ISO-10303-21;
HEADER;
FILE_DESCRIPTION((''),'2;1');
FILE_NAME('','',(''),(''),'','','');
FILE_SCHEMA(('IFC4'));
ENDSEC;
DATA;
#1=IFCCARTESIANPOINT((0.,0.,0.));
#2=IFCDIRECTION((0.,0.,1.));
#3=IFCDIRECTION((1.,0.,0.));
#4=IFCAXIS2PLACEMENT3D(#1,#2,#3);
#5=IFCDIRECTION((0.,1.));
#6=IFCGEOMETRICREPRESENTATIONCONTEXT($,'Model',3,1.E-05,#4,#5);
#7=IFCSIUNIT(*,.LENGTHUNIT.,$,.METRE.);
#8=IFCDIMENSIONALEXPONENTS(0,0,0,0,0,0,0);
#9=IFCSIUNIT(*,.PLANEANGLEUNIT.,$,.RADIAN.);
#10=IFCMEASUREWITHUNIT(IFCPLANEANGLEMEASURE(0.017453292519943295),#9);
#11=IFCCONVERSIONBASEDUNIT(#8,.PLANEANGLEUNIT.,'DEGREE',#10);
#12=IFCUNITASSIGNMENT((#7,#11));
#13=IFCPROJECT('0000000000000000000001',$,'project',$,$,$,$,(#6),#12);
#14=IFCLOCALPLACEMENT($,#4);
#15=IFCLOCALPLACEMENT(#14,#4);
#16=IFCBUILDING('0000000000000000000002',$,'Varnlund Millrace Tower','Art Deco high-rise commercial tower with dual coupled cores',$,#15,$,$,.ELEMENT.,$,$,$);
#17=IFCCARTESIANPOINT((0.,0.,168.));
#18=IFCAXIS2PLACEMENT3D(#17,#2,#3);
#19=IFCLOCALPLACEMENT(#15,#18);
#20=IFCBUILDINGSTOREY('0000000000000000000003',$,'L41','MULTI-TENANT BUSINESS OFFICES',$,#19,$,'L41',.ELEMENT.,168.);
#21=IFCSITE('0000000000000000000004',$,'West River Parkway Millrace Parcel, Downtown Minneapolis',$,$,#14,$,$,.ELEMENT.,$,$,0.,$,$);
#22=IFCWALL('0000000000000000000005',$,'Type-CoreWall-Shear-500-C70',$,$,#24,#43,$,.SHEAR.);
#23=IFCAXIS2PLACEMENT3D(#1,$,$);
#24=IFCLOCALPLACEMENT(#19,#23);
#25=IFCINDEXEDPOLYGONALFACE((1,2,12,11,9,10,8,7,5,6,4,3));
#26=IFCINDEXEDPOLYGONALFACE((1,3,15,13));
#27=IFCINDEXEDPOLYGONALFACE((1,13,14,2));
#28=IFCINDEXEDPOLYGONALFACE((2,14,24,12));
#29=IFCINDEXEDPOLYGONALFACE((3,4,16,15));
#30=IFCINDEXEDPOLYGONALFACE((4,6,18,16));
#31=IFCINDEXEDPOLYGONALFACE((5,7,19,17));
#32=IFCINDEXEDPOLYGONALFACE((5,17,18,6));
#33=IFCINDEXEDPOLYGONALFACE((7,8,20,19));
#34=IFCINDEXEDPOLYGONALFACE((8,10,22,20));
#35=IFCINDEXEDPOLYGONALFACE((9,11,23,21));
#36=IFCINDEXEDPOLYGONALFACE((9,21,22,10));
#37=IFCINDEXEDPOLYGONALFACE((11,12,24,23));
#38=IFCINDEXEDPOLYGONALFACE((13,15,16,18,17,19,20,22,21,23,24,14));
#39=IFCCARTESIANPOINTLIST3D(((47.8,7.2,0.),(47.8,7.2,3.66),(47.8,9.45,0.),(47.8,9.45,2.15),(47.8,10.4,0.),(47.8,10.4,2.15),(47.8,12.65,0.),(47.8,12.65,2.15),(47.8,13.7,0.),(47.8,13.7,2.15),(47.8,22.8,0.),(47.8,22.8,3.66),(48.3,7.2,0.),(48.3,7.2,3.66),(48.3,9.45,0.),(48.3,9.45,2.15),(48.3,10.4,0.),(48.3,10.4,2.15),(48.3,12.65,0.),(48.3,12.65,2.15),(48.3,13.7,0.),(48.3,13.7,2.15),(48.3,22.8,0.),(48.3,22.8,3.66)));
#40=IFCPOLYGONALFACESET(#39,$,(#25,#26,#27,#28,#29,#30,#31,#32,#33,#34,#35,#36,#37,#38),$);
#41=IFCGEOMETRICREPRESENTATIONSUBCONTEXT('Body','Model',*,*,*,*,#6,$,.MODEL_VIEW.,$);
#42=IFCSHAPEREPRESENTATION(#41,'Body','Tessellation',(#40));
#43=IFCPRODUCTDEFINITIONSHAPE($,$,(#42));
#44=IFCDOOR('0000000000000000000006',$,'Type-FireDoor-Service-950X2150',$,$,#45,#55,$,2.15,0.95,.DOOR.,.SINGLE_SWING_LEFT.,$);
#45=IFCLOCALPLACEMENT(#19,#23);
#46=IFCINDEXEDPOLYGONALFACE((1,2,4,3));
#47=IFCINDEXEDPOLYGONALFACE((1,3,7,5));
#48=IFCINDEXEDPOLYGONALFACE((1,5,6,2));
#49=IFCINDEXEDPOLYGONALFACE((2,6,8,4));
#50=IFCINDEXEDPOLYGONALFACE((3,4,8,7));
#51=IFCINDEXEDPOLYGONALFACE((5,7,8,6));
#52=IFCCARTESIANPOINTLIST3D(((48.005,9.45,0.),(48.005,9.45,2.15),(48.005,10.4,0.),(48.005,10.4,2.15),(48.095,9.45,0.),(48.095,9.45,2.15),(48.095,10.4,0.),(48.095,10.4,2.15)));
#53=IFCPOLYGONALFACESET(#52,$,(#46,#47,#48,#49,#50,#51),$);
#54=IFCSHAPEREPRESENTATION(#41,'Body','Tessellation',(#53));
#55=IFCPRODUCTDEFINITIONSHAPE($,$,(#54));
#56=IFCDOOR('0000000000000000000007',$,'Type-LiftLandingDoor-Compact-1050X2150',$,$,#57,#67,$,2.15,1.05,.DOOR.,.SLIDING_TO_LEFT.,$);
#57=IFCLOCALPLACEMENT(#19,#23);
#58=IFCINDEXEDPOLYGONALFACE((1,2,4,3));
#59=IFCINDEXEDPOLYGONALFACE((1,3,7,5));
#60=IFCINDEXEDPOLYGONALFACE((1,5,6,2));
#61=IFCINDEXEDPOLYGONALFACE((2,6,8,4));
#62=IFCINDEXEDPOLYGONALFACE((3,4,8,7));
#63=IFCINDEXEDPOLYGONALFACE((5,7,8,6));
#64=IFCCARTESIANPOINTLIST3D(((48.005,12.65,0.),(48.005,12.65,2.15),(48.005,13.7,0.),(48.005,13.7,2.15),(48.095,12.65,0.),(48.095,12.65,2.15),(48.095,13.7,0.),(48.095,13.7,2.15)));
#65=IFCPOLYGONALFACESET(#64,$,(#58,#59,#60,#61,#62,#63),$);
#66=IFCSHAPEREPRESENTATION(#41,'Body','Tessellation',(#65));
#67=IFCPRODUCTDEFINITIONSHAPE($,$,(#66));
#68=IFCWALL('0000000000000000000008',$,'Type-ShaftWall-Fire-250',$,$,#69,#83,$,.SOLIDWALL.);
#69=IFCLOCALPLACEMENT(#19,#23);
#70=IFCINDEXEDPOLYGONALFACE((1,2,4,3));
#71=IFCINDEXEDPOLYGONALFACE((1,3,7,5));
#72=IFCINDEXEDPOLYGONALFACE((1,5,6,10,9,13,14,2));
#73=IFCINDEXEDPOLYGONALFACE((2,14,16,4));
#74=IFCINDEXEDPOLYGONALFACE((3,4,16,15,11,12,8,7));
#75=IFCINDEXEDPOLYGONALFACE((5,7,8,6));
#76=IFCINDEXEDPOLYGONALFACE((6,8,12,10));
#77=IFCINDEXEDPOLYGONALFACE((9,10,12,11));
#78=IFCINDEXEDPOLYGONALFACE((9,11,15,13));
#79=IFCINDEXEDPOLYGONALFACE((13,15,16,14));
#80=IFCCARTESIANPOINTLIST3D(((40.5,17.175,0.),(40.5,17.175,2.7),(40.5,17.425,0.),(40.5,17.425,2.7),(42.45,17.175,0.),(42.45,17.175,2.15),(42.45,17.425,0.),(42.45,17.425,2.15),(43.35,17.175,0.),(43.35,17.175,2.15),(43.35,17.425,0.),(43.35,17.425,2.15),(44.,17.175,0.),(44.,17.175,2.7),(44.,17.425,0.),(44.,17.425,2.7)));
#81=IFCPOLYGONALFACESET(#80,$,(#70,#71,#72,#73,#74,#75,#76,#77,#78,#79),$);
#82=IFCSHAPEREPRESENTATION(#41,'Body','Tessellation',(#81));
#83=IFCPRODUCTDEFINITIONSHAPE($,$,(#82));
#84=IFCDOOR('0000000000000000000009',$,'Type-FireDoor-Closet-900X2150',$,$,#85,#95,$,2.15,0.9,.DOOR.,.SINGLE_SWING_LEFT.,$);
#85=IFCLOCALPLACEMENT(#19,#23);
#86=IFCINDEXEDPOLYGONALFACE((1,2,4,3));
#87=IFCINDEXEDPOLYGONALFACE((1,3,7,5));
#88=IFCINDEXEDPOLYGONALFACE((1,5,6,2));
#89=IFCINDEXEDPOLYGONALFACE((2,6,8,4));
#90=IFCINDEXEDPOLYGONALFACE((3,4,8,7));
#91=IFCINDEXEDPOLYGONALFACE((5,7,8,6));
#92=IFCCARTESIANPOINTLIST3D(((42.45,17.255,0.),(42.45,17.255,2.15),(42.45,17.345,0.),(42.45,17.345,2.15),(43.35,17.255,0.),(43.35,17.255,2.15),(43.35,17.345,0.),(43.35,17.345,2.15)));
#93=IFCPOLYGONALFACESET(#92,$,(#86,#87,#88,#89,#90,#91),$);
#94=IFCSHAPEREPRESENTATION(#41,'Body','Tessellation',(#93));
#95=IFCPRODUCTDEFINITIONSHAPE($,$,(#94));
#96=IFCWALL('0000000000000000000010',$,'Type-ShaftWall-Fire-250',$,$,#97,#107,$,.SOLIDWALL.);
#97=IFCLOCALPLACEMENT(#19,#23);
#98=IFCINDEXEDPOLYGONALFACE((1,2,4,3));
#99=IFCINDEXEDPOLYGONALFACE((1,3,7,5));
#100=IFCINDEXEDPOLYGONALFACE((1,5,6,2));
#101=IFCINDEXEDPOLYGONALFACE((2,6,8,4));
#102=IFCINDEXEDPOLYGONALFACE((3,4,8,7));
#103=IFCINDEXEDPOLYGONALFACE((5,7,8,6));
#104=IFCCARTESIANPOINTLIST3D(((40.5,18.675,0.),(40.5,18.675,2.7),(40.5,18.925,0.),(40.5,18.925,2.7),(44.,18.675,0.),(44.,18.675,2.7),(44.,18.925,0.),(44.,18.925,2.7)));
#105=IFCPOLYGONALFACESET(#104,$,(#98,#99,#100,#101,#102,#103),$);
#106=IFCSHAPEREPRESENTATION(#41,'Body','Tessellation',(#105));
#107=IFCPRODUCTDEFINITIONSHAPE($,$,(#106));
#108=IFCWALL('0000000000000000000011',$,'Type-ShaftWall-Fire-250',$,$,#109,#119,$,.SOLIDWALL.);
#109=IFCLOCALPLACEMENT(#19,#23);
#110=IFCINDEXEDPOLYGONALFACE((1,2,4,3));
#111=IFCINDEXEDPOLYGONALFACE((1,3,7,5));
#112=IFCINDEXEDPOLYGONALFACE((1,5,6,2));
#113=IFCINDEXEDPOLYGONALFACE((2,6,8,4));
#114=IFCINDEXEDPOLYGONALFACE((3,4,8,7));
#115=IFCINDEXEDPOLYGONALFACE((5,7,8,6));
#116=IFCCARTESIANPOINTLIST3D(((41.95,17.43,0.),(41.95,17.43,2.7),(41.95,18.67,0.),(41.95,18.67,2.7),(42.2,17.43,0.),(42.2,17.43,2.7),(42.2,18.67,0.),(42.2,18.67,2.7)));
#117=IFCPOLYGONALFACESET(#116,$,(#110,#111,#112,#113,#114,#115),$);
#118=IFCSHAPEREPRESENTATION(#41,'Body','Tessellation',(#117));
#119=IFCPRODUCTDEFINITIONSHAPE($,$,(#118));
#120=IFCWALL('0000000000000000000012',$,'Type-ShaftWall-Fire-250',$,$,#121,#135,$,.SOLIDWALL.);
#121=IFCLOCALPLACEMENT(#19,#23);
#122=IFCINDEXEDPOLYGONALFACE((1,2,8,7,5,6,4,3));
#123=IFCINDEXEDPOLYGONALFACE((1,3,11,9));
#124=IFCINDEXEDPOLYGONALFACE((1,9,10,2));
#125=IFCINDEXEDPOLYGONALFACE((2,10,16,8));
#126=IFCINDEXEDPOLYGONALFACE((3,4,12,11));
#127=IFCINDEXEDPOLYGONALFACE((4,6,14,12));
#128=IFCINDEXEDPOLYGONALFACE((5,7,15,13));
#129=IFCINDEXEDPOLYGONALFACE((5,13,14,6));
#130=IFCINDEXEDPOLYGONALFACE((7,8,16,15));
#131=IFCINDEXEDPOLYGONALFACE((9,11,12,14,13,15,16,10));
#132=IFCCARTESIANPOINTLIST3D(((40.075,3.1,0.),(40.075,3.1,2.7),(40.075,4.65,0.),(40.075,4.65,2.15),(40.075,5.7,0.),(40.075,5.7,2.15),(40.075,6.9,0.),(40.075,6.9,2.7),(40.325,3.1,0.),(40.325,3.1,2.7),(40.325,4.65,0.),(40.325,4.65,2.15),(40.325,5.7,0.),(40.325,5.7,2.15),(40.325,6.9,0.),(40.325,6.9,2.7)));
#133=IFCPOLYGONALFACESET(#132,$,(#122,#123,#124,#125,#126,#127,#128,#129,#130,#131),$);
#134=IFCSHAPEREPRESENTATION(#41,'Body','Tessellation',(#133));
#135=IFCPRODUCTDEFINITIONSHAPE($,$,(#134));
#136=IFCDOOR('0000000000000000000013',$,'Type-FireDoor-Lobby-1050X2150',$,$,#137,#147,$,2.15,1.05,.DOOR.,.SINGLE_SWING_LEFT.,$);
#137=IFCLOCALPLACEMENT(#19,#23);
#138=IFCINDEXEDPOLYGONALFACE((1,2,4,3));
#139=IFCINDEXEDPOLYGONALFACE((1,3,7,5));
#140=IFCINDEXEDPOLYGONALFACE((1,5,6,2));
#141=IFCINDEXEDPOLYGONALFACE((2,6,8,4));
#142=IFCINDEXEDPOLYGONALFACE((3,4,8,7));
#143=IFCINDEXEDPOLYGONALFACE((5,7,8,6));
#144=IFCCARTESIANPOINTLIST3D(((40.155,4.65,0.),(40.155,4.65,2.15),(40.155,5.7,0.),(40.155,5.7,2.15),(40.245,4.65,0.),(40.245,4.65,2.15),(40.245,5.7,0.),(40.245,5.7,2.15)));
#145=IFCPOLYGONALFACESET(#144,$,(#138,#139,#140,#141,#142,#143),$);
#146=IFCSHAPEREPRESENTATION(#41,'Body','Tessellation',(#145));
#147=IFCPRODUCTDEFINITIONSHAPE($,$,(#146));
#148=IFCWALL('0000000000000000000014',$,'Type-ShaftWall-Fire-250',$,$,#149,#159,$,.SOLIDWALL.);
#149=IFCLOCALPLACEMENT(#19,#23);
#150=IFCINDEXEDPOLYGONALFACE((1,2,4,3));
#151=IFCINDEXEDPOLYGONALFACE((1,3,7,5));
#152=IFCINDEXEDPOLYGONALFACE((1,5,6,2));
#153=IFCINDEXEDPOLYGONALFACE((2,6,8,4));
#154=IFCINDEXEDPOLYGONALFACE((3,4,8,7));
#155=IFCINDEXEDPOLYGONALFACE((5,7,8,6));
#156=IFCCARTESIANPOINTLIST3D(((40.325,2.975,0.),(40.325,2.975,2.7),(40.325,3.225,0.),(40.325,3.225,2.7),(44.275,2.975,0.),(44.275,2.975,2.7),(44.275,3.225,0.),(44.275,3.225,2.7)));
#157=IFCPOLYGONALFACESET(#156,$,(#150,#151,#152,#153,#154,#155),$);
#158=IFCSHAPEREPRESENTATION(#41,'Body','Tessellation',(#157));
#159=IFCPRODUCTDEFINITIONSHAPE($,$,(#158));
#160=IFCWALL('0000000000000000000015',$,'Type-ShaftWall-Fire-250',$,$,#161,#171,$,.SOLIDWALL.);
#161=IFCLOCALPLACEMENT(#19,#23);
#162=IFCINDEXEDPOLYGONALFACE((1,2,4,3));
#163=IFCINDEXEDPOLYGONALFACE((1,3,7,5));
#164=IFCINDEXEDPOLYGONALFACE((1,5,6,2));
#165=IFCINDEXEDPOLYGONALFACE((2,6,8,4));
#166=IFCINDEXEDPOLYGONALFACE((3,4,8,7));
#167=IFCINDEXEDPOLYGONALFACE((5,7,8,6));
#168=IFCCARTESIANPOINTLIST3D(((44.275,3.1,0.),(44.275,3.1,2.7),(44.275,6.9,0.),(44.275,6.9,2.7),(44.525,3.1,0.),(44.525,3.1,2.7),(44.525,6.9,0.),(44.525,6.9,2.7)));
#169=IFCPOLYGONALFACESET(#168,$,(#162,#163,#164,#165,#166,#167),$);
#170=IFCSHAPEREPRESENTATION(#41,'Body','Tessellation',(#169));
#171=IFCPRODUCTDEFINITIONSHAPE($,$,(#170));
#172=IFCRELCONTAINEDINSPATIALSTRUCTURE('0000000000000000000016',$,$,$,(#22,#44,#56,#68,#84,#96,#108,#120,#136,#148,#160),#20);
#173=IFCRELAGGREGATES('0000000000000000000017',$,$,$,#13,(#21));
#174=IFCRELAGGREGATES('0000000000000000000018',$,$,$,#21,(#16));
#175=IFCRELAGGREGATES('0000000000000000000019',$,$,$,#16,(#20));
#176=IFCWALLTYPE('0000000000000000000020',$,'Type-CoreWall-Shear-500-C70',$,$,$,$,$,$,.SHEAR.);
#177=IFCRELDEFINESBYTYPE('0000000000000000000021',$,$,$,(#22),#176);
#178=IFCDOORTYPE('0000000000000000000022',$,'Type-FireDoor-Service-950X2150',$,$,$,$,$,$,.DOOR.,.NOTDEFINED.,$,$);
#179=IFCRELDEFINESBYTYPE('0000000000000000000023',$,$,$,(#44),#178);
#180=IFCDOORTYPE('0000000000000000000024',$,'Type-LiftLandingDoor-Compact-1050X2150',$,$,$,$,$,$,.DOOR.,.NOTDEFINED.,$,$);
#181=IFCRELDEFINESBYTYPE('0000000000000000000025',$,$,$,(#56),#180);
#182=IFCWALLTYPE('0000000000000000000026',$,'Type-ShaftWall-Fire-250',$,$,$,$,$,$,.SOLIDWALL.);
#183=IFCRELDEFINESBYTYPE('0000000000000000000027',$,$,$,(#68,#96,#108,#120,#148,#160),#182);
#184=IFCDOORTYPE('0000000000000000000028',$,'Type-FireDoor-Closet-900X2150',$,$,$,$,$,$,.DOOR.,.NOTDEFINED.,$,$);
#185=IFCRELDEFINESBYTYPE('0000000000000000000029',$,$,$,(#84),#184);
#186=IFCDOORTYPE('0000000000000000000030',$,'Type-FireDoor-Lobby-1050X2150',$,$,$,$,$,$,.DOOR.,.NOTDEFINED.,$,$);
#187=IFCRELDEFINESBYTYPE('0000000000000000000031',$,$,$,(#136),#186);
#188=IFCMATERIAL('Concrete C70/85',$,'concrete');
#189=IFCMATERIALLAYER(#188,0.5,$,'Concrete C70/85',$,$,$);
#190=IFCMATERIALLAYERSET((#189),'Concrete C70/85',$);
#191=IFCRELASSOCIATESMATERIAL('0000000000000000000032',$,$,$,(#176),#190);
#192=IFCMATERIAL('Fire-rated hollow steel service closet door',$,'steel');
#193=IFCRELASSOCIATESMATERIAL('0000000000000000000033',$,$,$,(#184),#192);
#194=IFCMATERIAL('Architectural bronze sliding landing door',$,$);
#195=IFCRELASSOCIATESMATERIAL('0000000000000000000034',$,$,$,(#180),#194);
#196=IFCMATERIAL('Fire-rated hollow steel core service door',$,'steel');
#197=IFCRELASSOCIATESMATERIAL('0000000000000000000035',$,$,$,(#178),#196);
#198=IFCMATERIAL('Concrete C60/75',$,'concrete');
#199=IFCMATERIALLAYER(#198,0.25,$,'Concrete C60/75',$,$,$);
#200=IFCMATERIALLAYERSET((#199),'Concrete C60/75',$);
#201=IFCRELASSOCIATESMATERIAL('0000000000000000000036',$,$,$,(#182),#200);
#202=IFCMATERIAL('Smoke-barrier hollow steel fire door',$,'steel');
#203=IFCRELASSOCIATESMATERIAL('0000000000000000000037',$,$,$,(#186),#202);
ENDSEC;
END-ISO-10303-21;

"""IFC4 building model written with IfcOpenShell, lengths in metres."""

from ifc_helpers import new_model, entity, si_unit, converted_unit, direction, frame, origin_with_axes, origin_2d_with_axis, place, context, subcontext, project, spatial, polyline, rectangle, outline, extrude, material, layer, layer_set, type_object, element, fill, save


model = new_model("IFC4")

# Units and contexts
model_context = context("Model", 3, precision=1e-05, world=origin_with_axes(), true_north=direction((0.0, 1.0)))
body_context = subcontext(model_context, "Body", "Model", "MODEL_VIEW")
ifc_project = project(units=[si_unit("LENGTHUNIT", "METRE"), converted_unit("PLANEANGLEUNIT", "DEGREE", entity("IfcPlaneAngleMeasure", 0.017453292519943295), si_unit("PLANEANGLEUNIT", "RADIAN"), dimensions=[0, 0, 0, 0, 0, 0, 0])], contexts=[model_context])

# Site, building, storey
site_placement = place(None, origin_with_axes())
site = spatial("IfcSite", under=ifc_project, at=site_placement, Name="West River Parkway Millrace Parcel, Downtown Minneapolis", CompositionType="ELEMENT", RefElevation=0.0)
building_placement = place(site_placement, origin_with_axes())
building = spatial("IfcBuilding", under=site, at=building_placement, Name="Varnlund Millrace Tower", Description="Art Deco high-rise commercial tower with dual coupled cores", CompositionType="ELEMENT")
storey_placement = place(building_placement, frame((0.0, 0.0, 168.0), z_axis=(0.0, 0.0, 1.0), x_axis=(1.0, 0.0, 0.0)))
storey = spatial("IfcBuildingStorey", under=building, at=storey_placement, Name="L41", Description="MULTI-TENANT BUSINESS OFFICES", LongName="L41", CompositionType="ELEMENT", Elevation=168.0)

# Shared definitions
ifc_material_1 = material(Name="Concrete C70/85", Category="concrete")

# Shared definitions
ifc_layer_1 = layer(ifc_material_1, 0.5, Name="Concrete C70/85")
ifc_layer_set_1 = layer_set([ifc_layer_1], Name="Concrete C70/85")
wall_type_1 = type_object("IfcWallType", Name="Type-CoreWall-Shear-500-C70", PredefinedType="SHEAR", material=ifc_layer_set_1)
ifc_material_2 = material(Name="Fire-rated hollow steel service closet door", Category="steel")
door_type_1 = type_object("IfcDoorType", Name="Type-FireDoor-Closet-900X2150", OperationType="NOTDEFINED", PredefinedType="DOOR", material=ifc_material_2)
ifc_material_3 = material(Name="Architectural bronze sliding landing door")
door_type_2 = type_object("IfcDoorType", Name="Type-LiftLandingDoor-Compact-1050X2150", OperationType="NOTDEFINED", PredefinedType="DOOR", material=ifc_material_3)

# Wall, openings, doors
wall_1_placement = place(storey_placement, frame((48.05, 7.2, 0.0), z_axis=(0.0, 0.0, 1.0), x_axis=(0.0, 1.0, 0.0)))
wall_1 = element("IfcWall", 1, at=wall_1_placement, inside=storey, type_object=wall_type_1, Name="Type-CoreWall-Shear-500-C70", PredefinedType="SHEAR", context=body_context, shape_type="SweptSolid", body=[
    extrude(outline(polyline([(0.0, -0.25), (15.6, -0.25), (15.6, 0.25), (0.0, 0.25), (0.0, -0.25)])), origin_with_axes(), (0.0, 0.0, 1.0), 3.66),
])
opening_1_placement = place(wall_1_placement, frame((5.975, 0.0, 0.0), z_axis=(0.0, 0.0, 1.0), x_axis=(1.0, 0.0, 0.0)))
opening_1 = element("IfcOpeningElement", 2, at=opening_1_placement, cuts=wall_1, PredefinedType="OPENING", context=body_context, shape_type="SweptSolid", body=[
    extrude(rectangle(XDim=1.05, YDim=0.52, at=origin_2d_with_axis()), origin_with_axes(), (0.0, 0.0, 1.0), 2.15),
])
opening_2_placement = place(wall_1_placement, frame((2.725, 0.0, 0.0), z_axis=(0.0, 0.0, 1.0), x_axis=(1.0, 0.0, 0.0)))
opening_2 = element("IfcOpeningElement", 3, at=opening_2_placement, cuts=wall_1, PredefinedType="OPENING", context=body_context, shape_type="SweptSolid", body=[
    extrude(rectangle(XDim=0.95, YDim=0.52, at=origin_2d_with_axis()), origin_with_axes(), (0.0, 0.0, 1.0), 2.15),
])
ifc_material_4 = material(Name="Fire-rated hollow steel core service door", Category="steel")
door_type_3 = type_object("IfcDoorType", Name="Type-FireDoor-Service-950X2150", OperationType="NOTDEFINED", PredefinedType="DOOR", material=ifc_material_4)
door_1_placement = place(wall_1_placement, frame((2.725, 0.0, 0.0), z_axis=(0.0, 0.0, 1.0), x_axis=(1.0, 0.0, 0.0)))
door_1 = element("IfcDoor", 4, at=door_1_placement, inside=storey, type_object=door_type_3, Name="Type-FireDoor-Service-950X2150", OperationType="SINGLE_SWING_LEFT", OverallHeight=2.15, OverallWidth=0.95, PredefinedType="DOOR", context=body_context, shape_type="SweptSolid", body=[
    extrude(rectangle(XDim=0.95, YDim=0.09, at=origin_2d_with_axis()), origin_with_axes(), (0.0, 0.0, 1.0), 2.15),
])
fill(opening_2, door_1)
door_2_placement = place(wall_1_placement, frame((5.975, 0.0, 0.0), z_axis=(0.0, 0.0, 1.0), x_axis=(1.0, 0.0, 0.0)))
door_2 = element("IfcDoor", 5, at=door_2_placement, inside=storey, type_object=door_type_2, Name="Type-LiftLandingDoor-Compact-1050X2150", OperationType="SLIDING_TO_LEFT", OverallHeight=2.15, OverallWidth=1.05, PredefinedType="DOOR", context=body_context, shape_type="SweptSolid", body=[
    extrude(rectangle(XDim=1.05, YDim=0.09, at=origin_2d_with_axis()), origin_with_axes(), (0.0, 0.0, 1.0), 2.15),
])
fill(opening_1, door_2)

# Wall, opening, door
ifc_material_5 = material(Name="Concrete C60/75", Category="concrete")
ifc_layer_2 = layer(ifc_material_5, 0.25, Name="Concrete C60/75")
ifc_layer_set_2 = layer_set([ifc_layer_2], Name="Concrete C60/75")
wall_type_2 = type_object("IfcWallType", Name="Type-ShaftWall-Fire-250", PredefinedType="SOLIDWALL", material=ifc_layer_set_2)
wall_2_placement = place(storey_placement, frame((40.5, 17.3, 0.0), z_axis=(0.0, 0.0, 1.0), x_axis=(1.0, 0.0, 0.0)))
wall_2 = element("IfcWall", 6, at=wall_2_placement, inside=storey, type_object=wall_type_2, Name="Type-ShaftWall-Fire-250", PredefinedType="SOLIDWALL", context=body_context, shape_type="SweptSolid", body=[
    extrude(outline(polyline([(0.0, -0.125), (3.5, -0.125), (3.5, 0.125), (0.0, 0.125), (0.0, -0.125)])), origin_with_axes(), (0.0, 0.0, 1.0), 2.7),
])
opening_3_placement = place(wall_2_placement, frame((2.4, 0.0, 0.0), z_axis=(0.0, 0.0, 1.0), x_axis=(1.0, 0.0, 0.0)))
opening_3 = element("IfcOpeningElement", 7, at=opening_3_placement, cuts=wall_2, PredefinedType="OPENING", context=body_context, shape_type="SweptSolid", body=[
    extrude(rectangle(XDim=0.9, YDim=0.27, at=origin_2d_with_axis()), origin_with_axes(), (0.0, 0.0, 1.0), 2.15),
])
door_3_placement = place(wall_2_placement, frame((2.4, 0.0, 0.0), z_axis=(0.0, 0.0, 1.0), x_axis=(1.0, 0.0, 0.0)))
door_3 = element("IfcDoor", 8, at=door_3_placement, inside=storey, type_object=door_type_1, Name="Type-FireDoor-Closet-900X2150", OperationType="SINGLE_SWING_LEFT", OverallHeight=2.15, OverallWidth=0.9, PredefinedType="DOOR", context=body_context, shape_type="SweptSolid", body=[
    extrude(rectangle(XDim=0.9, YDim=0.09, at=origin_2d_with_axis()), origin_with_axes(), (0.0, 0.0, 1.0), 2.15),
])
fill(opening_3, door_3)

# Walls
wall_3_placement = place(storey_placement, frame((40.5, 18.8, 0.0), z_axis=(0.0, 0.0, 1.0), x_axis=(1.0, 0.0, 0.0)))
element("IfcWall", 9, at=wall_3_placement, inside=storey, type_object=wall_type_2, Name="Type-ShaftWall-Fire-250", PredefinedType="SOLIDWALL", context=body_context, shape_type="SweptSolid", body=[
    extrude(outline(polyline([(0.0, -0.125), (3.5, -0.125), (3.5, 0.125), (0.0, 0.125), (0.0, -0.125)])), origin_with_axes(), (0.0, 0.0, 1.0), 2.7),
])
wall_4_placement = place(storey_placement, frame((42.075, 17.43, 0.0), z_axis=(0.0, 0.0, 1.0), x_axis=(0.0, 1.0, 0.0)))
element("IfcWall", 10, at=wall_4_placement, inside=storey, type_object=wall_type_2, Name="Type-ShaftWall-Fire-250", PredefinedType="SOLIDWALL", context=body_context, shape_type="SweptSolid", body=[
    extrude(outline(polyline([(0.0, -0.125), (1.24, -0.125), (1.24, 0.125), (0.0, 0.125), (0.0, -0.125)])), origin_with_axes(), (0.0, 0.0, 1.0), 2.7),
])

# Wall, opening, door
wall_5_placement = place(storey_placement, frame((40.2, 3.1, 0.0), z_axis=(0.0, 0.0, 1.0), x_axis=(0.0, 1.0, 0.0)))
wall_5 = element("IfcWall", 11, at=wall_5_placement, inside=storey, type_object=wall_type_2, Name="Type-ShaftWall-Fire-250", PredefinedType="SOLIDWALL", context=body_context, shape_type="SweptSolid", body=[
    extrude(outline(polyline([(0.0, -0.125), (3.8, -0.125), (3.8, 0.125), (0.0, 0.125), (0.0, -0.125)])), origin_with_axes(), (0.0, 0.0, 1.0), 2.7),
])
opening_4_placement = place(wall_5_placement, frame((2.075, 0.0, 0.0), z_axis=(0.0, 0.0, 1.0), x_axis=(1.0, 0.0, 0.0)))
opening_4 = element("IfcOpeningElement", 12, at=opening_4_placement, cuts=wall_5, PredefinedType="OPENING", context=body_context, shape_type="SweptSolid", body=[
    extrude(rectangle(XDim=1.05, YDim=0.27, at=origin_2d_with_axis()), origin_with_axes(), (0.0, 0.0, 1.0), 2.15),
])
ifc_material_6 = material(Name="Smoke-barrier hollow steel fire door", Category="steel")
door_type_4 = type_object("IfcDoorType", Name="Type-FireDoor-Lobby-1050X2150", OperationType="NOTDEFINED", PredefinedType="DOOR", material=ifc_material_6)
door_4_placement = place(wall_5_placement, frame((2.075, 0.0, 0.0), z_axis=(0.0, 0.0, 1.0), x_axis=(1.0, 0.0, 0.0)))
door_4 = element("IfcDoor", 13, at=door_4_placement, inside=storey, type_object=door_type_4, Name="Type-FireDoor-Lobby-1050X2150", OperationType="SINGLE_SWING_LEFT", OverallHeight=2.15, OverallWidth=1.05, PredefinedType="DOOR", context=body_context, shape_type="SweptSolid", body=[
    extrude(rectangle(XDim=1.05, YDim=0.09, at=origin_2d_with_axis()), origin_with_axes(), (0.0, 0.0, 1.0), 2.15),
])
fill(opening_4, door_4)

# Walls
wall_6_placement = place(storey_placement, frame((40.325, 3.1, 0.0), z_axis=(0.0, 0.0, 1.0), x_axis=(1.0, 0.0, 0.0)))
element("IfcWall", 14, at=wall_6_placement, inside=storey, type_object=wall_type_2, Name="Type-ShaftWall-Fire-250", PredefinedType="SOLIDWALL", context=body_context, shape_type="SweptSolid", body=[
    extrude(outline(polyline([(0.0, -0.125), (3.95, -0.125), (3.95, 0.125), (0.0, 0.125), (0.0, -0.125)])), origin_with_axes(), (0.0, 0.0, 1.0), 2.7),
])
wall_7_placement = place(storey_placement, frame((44.4, 3.1, 0.0), z_axis=(0.0, 0.0, 1.0), x_axis=(0.0, 1.0, 0.0)))
element("IfcWall", 15, at=wall_7_placement, inside=storey, type_object=wall_type_2, Name="Type-ShaftWall-Fire-250", PredefinedType="SOLIDWALL", context=body_context, shape_type="SweptSolid", body=[
    extrude(outline(polyline([(0.0, -0.125), (3.8, -0.125), (3.8, 0.125), (0.0, 0.125), (0.0, -0.125)])), origin_with_axes(), (0.0, 0.0, 1.0), 2.7),
])

save(model, "model.ifc")
